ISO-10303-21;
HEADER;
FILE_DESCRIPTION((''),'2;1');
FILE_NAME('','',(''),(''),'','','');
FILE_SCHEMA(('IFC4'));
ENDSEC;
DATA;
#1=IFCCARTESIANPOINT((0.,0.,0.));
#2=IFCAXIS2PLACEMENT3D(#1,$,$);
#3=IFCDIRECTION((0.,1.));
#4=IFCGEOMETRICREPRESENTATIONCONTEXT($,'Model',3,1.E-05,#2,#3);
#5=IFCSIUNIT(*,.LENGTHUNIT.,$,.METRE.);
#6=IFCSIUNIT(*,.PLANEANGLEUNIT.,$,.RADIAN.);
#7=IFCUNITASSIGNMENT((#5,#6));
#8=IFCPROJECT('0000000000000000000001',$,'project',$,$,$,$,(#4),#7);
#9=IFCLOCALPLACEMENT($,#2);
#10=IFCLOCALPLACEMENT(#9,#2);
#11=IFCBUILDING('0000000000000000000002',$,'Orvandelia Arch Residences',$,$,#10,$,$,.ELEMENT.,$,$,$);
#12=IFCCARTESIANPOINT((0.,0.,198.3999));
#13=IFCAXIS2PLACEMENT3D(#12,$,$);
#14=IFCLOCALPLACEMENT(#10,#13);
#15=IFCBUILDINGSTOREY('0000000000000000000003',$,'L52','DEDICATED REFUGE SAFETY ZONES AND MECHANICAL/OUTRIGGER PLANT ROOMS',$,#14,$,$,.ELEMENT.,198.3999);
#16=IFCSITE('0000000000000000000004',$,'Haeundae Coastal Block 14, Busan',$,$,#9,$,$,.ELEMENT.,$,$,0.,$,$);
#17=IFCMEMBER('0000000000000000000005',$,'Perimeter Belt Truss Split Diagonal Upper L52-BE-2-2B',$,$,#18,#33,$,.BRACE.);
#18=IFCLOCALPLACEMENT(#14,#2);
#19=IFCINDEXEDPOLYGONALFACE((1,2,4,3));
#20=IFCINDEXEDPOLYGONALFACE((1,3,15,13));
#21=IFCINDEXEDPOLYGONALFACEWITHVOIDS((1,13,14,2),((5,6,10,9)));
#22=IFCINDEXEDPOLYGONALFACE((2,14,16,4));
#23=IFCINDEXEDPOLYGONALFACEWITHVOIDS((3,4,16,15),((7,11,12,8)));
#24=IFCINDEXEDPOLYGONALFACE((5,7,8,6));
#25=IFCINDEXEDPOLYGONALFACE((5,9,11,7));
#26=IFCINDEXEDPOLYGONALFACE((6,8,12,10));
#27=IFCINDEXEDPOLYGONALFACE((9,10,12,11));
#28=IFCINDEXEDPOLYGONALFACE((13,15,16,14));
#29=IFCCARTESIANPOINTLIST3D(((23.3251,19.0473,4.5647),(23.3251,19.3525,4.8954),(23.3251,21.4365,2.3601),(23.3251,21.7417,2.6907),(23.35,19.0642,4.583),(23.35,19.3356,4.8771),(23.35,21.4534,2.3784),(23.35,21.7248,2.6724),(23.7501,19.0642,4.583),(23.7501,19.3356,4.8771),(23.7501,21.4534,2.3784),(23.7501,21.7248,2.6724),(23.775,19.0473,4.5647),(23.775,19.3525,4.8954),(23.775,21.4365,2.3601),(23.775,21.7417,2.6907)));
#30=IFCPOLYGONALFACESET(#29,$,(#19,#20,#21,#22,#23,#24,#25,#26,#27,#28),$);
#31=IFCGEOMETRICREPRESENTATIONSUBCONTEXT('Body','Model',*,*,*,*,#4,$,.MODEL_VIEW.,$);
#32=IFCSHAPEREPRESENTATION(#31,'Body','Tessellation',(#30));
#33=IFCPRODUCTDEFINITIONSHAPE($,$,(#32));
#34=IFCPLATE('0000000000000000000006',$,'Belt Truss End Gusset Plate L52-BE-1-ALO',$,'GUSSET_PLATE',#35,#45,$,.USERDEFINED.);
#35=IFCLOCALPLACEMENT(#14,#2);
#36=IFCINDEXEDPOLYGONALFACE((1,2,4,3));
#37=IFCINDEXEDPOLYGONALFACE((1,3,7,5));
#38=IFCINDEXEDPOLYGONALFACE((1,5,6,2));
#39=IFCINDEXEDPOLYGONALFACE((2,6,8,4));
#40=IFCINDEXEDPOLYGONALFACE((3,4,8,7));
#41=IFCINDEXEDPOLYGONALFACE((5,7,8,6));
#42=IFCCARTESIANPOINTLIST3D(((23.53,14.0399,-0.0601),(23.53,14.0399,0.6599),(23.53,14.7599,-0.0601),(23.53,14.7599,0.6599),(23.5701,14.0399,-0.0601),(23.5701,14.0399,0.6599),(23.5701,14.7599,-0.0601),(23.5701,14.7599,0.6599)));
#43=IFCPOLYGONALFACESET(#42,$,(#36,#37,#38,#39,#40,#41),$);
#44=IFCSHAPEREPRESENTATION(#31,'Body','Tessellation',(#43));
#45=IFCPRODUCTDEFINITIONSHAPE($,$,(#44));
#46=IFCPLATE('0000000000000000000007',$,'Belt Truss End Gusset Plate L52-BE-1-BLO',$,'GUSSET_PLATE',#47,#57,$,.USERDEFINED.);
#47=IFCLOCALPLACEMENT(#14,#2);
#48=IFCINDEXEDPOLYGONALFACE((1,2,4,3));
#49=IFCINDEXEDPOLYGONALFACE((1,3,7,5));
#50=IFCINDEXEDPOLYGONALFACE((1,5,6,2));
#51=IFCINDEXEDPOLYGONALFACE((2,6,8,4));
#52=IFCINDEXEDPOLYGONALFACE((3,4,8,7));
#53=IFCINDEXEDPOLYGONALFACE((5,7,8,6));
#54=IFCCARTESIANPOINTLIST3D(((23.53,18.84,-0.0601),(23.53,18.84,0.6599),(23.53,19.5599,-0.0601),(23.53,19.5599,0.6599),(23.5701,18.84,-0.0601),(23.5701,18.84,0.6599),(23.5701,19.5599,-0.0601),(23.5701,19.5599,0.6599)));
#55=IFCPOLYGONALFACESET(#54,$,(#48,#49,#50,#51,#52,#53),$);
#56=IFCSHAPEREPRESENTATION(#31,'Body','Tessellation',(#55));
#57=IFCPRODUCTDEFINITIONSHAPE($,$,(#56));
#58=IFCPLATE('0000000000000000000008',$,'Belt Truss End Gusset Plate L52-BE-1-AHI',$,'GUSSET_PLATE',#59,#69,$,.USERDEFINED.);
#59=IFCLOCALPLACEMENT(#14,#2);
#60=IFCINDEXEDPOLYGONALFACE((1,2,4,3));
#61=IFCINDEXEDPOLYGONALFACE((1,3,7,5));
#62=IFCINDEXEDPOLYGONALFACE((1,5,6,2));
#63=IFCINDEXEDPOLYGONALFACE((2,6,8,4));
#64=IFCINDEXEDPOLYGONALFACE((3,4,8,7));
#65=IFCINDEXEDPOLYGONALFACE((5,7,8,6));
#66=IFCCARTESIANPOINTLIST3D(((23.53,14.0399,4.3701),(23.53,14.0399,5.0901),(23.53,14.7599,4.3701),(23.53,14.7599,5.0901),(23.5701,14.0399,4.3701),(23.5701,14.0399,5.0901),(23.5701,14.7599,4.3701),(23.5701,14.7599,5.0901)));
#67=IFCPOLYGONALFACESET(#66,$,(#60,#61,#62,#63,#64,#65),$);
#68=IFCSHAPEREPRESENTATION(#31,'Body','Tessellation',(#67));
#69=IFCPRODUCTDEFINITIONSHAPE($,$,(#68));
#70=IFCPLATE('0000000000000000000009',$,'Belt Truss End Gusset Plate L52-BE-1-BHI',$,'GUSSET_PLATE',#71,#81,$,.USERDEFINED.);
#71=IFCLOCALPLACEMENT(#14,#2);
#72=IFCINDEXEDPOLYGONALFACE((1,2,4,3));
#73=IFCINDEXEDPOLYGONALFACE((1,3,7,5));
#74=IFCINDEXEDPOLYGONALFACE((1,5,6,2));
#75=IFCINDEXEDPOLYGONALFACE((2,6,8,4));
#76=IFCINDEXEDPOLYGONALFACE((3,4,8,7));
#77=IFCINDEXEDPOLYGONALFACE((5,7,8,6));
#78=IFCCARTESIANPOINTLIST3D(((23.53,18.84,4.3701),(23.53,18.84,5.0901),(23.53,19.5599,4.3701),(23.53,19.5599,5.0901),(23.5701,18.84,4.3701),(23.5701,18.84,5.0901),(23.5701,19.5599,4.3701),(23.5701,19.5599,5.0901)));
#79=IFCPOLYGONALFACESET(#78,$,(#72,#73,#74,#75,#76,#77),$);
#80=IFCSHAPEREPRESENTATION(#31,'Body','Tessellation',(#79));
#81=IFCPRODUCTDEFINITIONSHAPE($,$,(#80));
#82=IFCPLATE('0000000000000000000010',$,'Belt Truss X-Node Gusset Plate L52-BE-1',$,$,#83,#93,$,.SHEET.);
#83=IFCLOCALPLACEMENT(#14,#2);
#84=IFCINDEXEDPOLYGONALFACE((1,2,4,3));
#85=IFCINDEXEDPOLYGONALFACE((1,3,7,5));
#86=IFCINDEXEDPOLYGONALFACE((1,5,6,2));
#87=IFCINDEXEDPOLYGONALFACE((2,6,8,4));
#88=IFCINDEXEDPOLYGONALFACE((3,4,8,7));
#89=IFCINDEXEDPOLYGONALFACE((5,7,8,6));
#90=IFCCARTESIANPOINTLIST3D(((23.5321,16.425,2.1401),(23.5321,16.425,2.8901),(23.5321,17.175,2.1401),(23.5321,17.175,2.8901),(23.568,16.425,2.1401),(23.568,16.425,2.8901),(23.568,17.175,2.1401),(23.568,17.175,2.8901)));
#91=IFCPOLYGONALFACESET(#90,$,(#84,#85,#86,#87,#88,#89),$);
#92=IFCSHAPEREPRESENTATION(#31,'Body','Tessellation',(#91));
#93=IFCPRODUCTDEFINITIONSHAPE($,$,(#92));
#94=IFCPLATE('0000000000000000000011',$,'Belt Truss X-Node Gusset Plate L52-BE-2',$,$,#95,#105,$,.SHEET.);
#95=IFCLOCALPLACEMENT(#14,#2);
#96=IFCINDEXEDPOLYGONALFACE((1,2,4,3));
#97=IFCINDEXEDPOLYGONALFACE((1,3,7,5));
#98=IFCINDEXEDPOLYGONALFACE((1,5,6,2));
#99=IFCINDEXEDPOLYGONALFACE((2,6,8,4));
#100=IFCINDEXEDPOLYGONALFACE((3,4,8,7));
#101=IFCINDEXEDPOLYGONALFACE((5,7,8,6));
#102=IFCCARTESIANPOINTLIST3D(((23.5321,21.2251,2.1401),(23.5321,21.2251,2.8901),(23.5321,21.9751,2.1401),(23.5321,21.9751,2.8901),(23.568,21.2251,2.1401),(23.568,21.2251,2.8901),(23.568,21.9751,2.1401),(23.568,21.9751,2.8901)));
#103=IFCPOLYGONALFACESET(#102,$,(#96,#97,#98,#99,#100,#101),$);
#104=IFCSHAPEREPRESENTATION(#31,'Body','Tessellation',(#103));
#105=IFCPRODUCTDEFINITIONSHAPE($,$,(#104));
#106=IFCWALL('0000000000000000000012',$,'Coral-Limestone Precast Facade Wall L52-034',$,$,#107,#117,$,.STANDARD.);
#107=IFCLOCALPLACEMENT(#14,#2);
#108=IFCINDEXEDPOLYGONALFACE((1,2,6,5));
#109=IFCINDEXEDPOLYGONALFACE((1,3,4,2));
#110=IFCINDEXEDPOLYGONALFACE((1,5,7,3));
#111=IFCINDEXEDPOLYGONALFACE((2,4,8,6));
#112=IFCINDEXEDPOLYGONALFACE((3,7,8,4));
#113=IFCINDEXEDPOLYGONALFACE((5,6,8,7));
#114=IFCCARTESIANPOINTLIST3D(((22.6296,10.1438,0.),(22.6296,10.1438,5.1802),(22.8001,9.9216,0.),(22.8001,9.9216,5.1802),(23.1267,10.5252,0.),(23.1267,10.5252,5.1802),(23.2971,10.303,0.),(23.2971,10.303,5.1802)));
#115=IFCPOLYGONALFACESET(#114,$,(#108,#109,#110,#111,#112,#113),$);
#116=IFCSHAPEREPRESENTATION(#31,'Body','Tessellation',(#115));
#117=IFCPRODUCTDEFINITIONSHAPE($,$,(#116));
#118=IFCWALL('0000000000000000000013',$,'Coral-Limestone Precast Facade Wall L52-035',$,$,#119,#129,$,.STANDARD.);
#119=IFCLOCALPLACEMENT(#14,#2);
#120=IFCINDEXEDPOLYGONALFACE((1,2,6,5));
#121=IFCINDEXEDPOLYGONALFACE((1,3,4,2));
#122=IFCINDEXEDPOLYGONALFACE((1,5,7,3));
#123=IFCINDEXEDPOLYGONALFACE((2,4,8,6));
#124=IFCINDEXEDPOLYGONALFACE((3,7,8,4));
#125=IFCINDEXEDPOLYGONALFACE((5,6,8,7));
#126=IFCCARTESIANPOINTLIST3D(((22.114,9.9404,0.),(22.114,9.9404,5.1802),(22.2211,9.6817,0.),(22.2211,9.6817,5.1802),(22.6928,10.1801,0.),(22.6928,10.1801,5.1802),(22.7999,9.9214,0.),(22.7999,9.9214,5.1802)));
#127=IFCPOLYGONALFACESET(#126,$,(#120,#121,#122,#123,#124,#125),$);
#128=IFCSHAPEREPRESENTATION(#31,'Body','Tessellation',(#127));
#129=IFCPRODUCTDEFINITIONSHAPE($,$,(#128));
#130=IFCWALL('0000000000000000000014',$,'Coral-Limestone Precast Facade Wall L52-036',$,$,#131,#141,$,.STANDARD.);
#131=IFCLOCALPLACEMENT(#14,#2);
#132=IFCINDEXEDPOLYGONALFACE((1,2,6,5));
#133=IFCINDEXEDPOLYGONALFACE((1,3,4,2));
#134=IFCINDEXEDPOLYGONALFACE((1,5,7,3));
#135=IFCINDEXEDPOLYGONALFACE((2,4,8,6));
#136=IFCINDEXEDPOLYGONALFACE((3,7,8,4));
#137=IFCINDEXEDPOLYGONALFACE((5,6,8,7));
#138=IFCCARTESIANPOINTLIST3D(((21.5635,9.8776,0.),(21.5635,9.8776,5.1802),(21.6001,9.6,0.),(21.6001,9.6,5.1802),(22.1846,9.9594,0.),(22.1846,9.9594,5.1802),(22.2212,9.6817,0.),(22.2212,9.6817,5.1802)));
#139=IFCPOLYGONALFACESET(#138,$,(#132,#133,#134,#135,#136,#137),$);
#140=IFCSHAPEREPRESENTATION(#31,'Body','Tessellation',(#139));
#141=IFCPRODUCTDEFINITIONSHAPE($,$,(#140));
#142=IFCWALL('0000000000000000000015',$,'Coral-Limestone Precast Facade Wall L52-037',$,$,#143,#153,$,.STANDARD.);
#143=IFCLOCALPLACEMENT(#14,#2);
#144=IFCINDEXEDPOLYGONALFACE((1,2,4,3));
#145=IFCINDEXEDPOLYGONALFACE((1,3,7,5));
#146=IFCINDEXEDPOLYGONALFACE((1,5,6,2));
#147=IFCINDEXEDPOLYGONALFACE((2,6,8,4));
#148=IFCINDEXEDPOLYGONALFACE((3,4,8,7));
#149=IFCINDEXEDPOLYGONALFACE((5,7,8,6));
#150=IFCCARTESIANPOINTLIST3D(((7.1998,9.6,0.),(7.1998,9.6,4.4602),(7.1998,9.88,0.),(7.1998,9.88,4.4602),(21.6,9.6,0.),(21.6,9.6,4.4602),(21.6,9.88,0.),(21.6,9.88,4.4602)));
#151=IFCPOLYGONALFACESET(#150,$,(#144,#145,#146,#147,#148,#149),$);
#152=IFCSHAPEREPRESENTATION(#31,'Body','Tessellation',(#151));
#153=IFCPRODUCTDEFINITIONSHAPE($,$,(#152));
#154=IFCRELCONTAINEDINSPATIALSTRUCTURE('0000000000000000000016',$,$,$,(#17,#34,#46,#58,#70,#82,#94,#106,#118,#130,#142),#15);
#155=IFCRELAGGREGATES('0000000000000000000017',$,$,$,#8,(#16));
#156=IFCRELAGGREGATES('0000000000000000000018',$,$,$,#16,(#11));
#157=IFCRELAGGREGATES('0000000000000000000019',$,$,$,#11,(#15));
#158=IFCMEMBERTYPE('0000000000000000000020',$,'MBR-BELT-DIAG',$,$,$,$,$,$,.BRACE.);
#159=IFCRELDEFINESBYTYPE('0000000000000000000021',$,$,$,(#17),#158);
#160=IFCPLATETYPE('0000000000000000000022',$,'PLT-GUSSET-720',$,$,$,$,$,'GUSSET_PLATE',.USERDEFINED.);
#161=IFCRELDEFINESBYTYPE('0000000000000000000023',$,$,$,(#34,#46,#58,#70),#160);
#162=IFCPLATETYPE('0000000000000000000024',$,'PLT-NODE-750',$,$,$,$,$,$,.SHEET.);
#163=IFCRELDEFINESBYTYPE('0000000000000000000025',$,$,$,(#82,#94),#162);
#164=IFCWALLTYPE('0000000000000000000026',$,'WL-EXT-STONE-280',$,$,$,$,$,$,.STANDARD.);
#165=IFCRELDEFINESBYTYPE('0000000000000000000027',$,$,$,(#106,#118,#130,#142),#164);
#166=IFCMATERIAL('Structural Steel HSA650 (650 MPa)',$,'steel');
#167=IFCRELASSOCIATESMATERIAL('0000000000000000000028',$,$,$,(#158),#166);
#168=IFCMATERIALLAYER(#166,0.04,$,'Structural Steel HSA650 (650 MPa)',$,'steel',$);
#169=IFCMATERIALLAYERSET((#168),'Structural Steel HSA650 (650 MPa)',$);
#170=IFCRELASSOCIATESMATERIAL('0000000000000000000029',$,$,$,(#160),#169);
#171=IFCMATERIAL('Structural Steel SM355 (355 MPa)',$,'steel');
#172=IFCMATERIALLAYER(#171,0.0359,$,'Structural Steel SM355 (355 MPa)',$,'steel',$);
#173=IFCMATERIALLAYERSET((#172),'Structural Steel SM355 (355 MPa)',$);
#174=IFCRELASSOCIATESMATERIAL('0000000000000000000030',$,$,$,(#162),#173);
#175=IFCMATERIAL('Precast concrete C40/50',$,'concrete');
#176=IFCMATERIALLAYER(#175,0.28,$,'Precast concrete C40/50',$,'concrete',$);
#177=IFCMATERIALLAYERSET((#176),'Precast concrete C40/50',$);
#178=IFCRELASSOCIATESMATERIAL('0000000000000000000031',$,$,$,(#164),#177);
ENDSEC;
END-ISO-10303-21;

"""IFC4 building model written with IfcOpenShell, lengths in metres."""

from ifc_helpers import new_model, si_unit, direction, frame, frame_2d, origin, origin_2d, place, context, subcontext, project, spatial, rectangle, hollow_rectangle, extrude, material, layer, layer_set, material_profile, profile_set, type_object, element, save


model = new_model("IFC4")

# Units and contexts
model_context = context("Model", 3, precision=1e-05, world=origin(), true_north=direction((0.0, 1.0)))
body_context = subcontext(model_context, "Body", "Model", "MODEL_VIEW")
ifc_project = project(units=[si_unit("LENGTHUNIT", "METRE"), si_unit("PLANEANGLEUNIT", "RADIAN")], contexts=[model_context])

# Site, building, storey
site_placement = place(None, origin())
site = spatial("IfcSite", under=ifc_project, at=site_placement, Name="Haeundae Coastal Block 14, Busan", CompositionType="ELEMENT", RefElevation=0.0)
building_placement = place(site_placement, origin())
building = spatial("IfcBuilding", under=site, at=building_placement, Name="Orvandelia Arch Residences", CompositionType="ELEMENT")
storey_placement = place(building_placement, frame((0.0, 0.0, 198.3999)))
storey = spatial("IfcBuildingStorey", under=building, at=storey_placement, Name="L52", Description="DEDICATED REFUGE SAFETY ZONES AND MECHANICAL/OUTRIGGER PLANT ROOMS", CompositionType="ELEMENT", Elevation=198.3999)

# Shared definitions
ifc_material_1 = material(Name="Structural Steel SM355 (355 MPa)", Category="steel")

# Member
ifc_material_2 = material(Name="Structural Steel HSA650 (650 MPa)", Category="steel")
ifc_material_profile_1 = material_profile(ifc_material_2, hollow_rectangle(XDim=0.45, YDim=0.45, WallThickness=0.0249, at=origin_2d()), Name="Structural Steel HSA650 (650 MPa)", Category="steel")
ifc_profile_set_1 = profile_set([ifc_material_profile_1], Name="Structural Steel HSA650 (650 MPa)")
member_type = type_object("IfcMemberType", Name="MBR-BELT-DIAG", PredefinedType="BRACE", material=ifc_profile_set_1)
member_1_placement = place(storey_placement, frame((23.55, 21.5891, 2.5254), z_axis=(0.0, -0.734924, 0.678149), x_axis=(1.0, 0.0, 0.0)))
element("IfcMember", 1, at=member_1_placement, inside=storey, type_object=member_type, Name="Perimeter Belt Truss Split Diagonal Upper L52-BE-2-2B", PredefinedType="BRACE", context=body_context, shape_type="SweptSolid", body=[
    extrude(hollow_rectangle(XDim=0.45, YDim=0.45, WallThickness=0.0249, at=origin_2d()), origin(), (0.0, 0.0, 1.0), 3.251),
])

# Plates
ifc_layer_1 = layer(ifc_material_2, 0.04, Name="Structural Steel HSA650 (650 MPa)", Category="steel")
ifc_layer_set_1 = layer_set([ifc_layer_1], Name="Structural Steel HSA650 (650 MPa)")
plate_type_1 = type_object("IfcPlateType", Name="PLT-GUSSET-720", ElementType="GUSSET_PLATE", PredefinedType="USERDEFINED", material=ifc_layer_set_1)
for number, where, z_axis, x_axis, name in (
    (2, (23.55, 14.3999, -0.0601), (0.0, 0.0, 1.0), (0.0, 1.0, 0.0), "Belt Truss End Gusset Plate L52-BE-1-ALO"),
    (3, (23.55, 19.2, -0.0601), (0.0, 0.0, 1.0), (0.0, 1.0, 0.0), "Belt Truss End Gusset Plate L52-BE-1-BLO"),
    (4, (23.55, 14.3999, 4.3701), (0.0, 0.0, 1.0), (0.0, 1.0, 0.0), "Belt Truss End Gusset Plate L52-BE-1-AHI"),
    (5, (23.55, 19.2, 4.3701), (0.0, 0.0, 1.0), (0.0, 1.0, 0.0), "Belt Truss End Gusset Plate L52-BE-1-BHI"),
):
    element("IfcPlate", number, at=place(storey_placement, frame(where, z_axis=z_axis, x_axis=x_axis)), inside=storey, type_object=plate_type_1, Name=name, ObjectType="GUSSET_PLATE", PredefinedType="USERDEFINED", context=body_context, shape_type="SweptSolid", body=[
        extrude(rectangle(XDim=0.72, YDim=0.04, at=origin_2d()), origin(), (0.0, 0.0, 1.0), 0.72),
    ])
ifc_layer_2 = layer(ifc_material_1, 0.0359, Name="Structural Steel SM355 (355 MPa)", Category="steel")
ifc_layer_set_2 = layer_set([ifc_layer_2], Name="Structural Steel SM355 (355 MPa)")
plate_type_2 = type_object("IfcPlateType", Name="PLT-NODE-750", PredefinedType="SHEET", material=ifc_layer_set_2)
for number, where, z_axis, x_axis, name in (
    (6, (23.55, 16.8, 2.1401), (0.0, 0.0, 1.0), (0.0, 1.0, 0.0), "Belt Truss X-Node Gusset Plate L52-BE-1"),
    (7, (23.55, 21.6001, 2.1401), (0.0, 0.0, 1.0), (0.0, 1.0, 0.0), "Belt Truss X-Node Gusset Plate L52-BE-2"),
):
    element("IfcPlate", number, at=place(storey_placement, frame(where, z_axis=z_axis, x_axis=x_axis)), inside=storey, type_object=plate_type_2, Name=name, PredefinedType="SHEET", context=body_context, shape_type="SweptSolid", body=[
        extrude(rectangle(XDim=0.75, YDim=0.0359, at=origin_2d()), origin(), (0.0, 0.0, 1.0), 0.75),
    ])

# Walls
ifc_material_3 = material(Name="Precast concrete C40/50", Category="concrete")
ifc_layer_3 = layer(ifc_material_3, 0.28, Name="Precast concrete C40/50", Category="concrete")
ifc_layer_set_3 = layer_set([ifc_layer_3], Name="Precast concrete C40/50")
wall_type = type_object("IfcWallType", Name="WL-EXT-STONE-280", PredefinedType="STANDARD", material=ifc_layer_set_3)
for number, where, z_axis, x_axis, name in (
    (8, (23.2119, 10.4141, 0.0), (0.0, 0.0, 1.0), (-0.793406, -0.608693, 0.0), "Coral-Limestone Precast Facade Wall L52-034"),
    (9, (22.7463, 10.0508, 0.0), (0.0, 0.0, 1.0), (-0.923893, -0.38265, 0.0), "Coral-Limestone Precast Facade Wall L52-035"),
    (10, (22.2029, 9.8206, 0.0), (0.0, 0.0, 1.0), (-0.991441, -0.130555, 0.0), "Coral-Limestone Precast Facade Wall L52-036"),
):
    element("IfcWall", number, at=place(storey_placement, frame(where, z_axis=z_axis, x_axis=x_axis)), inside=storey, type_object=wall_type, Name=name, PredefinedType="STANDARD", context=body_context, shape_type="SweptSolid", body=[
        extrude(rectangle(XDim=0.6265, YDim=0.28, at=frame_2d((0.3132, 0.0))), origin(), (0.0, 0.0, 1.0), 5.1802),
    ])
wall_placement = place(storey_placement, frame((21.6001, 9.74, 0.0), z_axis=(0.0, 0.0, 1.0), x_axis=(-1.0, 0.0, 0.0)))
element("IfcWall", 11, at=wall_placement, inside=storey, type_object=wall_type, Name="Coral-Limestone Precast Facade Wall L52-037", PredefinedType="STANDARD", context=body_context, shape_type="SweptSolid", body=[
    extrude(rectangle(XDim=14.4001, YDim=0.28, at=frame_2d((7.2002, 0.0))), origin(), (0.0, 0.0, 1.0), 4.4602),
])

save(model, "model.ifc")
